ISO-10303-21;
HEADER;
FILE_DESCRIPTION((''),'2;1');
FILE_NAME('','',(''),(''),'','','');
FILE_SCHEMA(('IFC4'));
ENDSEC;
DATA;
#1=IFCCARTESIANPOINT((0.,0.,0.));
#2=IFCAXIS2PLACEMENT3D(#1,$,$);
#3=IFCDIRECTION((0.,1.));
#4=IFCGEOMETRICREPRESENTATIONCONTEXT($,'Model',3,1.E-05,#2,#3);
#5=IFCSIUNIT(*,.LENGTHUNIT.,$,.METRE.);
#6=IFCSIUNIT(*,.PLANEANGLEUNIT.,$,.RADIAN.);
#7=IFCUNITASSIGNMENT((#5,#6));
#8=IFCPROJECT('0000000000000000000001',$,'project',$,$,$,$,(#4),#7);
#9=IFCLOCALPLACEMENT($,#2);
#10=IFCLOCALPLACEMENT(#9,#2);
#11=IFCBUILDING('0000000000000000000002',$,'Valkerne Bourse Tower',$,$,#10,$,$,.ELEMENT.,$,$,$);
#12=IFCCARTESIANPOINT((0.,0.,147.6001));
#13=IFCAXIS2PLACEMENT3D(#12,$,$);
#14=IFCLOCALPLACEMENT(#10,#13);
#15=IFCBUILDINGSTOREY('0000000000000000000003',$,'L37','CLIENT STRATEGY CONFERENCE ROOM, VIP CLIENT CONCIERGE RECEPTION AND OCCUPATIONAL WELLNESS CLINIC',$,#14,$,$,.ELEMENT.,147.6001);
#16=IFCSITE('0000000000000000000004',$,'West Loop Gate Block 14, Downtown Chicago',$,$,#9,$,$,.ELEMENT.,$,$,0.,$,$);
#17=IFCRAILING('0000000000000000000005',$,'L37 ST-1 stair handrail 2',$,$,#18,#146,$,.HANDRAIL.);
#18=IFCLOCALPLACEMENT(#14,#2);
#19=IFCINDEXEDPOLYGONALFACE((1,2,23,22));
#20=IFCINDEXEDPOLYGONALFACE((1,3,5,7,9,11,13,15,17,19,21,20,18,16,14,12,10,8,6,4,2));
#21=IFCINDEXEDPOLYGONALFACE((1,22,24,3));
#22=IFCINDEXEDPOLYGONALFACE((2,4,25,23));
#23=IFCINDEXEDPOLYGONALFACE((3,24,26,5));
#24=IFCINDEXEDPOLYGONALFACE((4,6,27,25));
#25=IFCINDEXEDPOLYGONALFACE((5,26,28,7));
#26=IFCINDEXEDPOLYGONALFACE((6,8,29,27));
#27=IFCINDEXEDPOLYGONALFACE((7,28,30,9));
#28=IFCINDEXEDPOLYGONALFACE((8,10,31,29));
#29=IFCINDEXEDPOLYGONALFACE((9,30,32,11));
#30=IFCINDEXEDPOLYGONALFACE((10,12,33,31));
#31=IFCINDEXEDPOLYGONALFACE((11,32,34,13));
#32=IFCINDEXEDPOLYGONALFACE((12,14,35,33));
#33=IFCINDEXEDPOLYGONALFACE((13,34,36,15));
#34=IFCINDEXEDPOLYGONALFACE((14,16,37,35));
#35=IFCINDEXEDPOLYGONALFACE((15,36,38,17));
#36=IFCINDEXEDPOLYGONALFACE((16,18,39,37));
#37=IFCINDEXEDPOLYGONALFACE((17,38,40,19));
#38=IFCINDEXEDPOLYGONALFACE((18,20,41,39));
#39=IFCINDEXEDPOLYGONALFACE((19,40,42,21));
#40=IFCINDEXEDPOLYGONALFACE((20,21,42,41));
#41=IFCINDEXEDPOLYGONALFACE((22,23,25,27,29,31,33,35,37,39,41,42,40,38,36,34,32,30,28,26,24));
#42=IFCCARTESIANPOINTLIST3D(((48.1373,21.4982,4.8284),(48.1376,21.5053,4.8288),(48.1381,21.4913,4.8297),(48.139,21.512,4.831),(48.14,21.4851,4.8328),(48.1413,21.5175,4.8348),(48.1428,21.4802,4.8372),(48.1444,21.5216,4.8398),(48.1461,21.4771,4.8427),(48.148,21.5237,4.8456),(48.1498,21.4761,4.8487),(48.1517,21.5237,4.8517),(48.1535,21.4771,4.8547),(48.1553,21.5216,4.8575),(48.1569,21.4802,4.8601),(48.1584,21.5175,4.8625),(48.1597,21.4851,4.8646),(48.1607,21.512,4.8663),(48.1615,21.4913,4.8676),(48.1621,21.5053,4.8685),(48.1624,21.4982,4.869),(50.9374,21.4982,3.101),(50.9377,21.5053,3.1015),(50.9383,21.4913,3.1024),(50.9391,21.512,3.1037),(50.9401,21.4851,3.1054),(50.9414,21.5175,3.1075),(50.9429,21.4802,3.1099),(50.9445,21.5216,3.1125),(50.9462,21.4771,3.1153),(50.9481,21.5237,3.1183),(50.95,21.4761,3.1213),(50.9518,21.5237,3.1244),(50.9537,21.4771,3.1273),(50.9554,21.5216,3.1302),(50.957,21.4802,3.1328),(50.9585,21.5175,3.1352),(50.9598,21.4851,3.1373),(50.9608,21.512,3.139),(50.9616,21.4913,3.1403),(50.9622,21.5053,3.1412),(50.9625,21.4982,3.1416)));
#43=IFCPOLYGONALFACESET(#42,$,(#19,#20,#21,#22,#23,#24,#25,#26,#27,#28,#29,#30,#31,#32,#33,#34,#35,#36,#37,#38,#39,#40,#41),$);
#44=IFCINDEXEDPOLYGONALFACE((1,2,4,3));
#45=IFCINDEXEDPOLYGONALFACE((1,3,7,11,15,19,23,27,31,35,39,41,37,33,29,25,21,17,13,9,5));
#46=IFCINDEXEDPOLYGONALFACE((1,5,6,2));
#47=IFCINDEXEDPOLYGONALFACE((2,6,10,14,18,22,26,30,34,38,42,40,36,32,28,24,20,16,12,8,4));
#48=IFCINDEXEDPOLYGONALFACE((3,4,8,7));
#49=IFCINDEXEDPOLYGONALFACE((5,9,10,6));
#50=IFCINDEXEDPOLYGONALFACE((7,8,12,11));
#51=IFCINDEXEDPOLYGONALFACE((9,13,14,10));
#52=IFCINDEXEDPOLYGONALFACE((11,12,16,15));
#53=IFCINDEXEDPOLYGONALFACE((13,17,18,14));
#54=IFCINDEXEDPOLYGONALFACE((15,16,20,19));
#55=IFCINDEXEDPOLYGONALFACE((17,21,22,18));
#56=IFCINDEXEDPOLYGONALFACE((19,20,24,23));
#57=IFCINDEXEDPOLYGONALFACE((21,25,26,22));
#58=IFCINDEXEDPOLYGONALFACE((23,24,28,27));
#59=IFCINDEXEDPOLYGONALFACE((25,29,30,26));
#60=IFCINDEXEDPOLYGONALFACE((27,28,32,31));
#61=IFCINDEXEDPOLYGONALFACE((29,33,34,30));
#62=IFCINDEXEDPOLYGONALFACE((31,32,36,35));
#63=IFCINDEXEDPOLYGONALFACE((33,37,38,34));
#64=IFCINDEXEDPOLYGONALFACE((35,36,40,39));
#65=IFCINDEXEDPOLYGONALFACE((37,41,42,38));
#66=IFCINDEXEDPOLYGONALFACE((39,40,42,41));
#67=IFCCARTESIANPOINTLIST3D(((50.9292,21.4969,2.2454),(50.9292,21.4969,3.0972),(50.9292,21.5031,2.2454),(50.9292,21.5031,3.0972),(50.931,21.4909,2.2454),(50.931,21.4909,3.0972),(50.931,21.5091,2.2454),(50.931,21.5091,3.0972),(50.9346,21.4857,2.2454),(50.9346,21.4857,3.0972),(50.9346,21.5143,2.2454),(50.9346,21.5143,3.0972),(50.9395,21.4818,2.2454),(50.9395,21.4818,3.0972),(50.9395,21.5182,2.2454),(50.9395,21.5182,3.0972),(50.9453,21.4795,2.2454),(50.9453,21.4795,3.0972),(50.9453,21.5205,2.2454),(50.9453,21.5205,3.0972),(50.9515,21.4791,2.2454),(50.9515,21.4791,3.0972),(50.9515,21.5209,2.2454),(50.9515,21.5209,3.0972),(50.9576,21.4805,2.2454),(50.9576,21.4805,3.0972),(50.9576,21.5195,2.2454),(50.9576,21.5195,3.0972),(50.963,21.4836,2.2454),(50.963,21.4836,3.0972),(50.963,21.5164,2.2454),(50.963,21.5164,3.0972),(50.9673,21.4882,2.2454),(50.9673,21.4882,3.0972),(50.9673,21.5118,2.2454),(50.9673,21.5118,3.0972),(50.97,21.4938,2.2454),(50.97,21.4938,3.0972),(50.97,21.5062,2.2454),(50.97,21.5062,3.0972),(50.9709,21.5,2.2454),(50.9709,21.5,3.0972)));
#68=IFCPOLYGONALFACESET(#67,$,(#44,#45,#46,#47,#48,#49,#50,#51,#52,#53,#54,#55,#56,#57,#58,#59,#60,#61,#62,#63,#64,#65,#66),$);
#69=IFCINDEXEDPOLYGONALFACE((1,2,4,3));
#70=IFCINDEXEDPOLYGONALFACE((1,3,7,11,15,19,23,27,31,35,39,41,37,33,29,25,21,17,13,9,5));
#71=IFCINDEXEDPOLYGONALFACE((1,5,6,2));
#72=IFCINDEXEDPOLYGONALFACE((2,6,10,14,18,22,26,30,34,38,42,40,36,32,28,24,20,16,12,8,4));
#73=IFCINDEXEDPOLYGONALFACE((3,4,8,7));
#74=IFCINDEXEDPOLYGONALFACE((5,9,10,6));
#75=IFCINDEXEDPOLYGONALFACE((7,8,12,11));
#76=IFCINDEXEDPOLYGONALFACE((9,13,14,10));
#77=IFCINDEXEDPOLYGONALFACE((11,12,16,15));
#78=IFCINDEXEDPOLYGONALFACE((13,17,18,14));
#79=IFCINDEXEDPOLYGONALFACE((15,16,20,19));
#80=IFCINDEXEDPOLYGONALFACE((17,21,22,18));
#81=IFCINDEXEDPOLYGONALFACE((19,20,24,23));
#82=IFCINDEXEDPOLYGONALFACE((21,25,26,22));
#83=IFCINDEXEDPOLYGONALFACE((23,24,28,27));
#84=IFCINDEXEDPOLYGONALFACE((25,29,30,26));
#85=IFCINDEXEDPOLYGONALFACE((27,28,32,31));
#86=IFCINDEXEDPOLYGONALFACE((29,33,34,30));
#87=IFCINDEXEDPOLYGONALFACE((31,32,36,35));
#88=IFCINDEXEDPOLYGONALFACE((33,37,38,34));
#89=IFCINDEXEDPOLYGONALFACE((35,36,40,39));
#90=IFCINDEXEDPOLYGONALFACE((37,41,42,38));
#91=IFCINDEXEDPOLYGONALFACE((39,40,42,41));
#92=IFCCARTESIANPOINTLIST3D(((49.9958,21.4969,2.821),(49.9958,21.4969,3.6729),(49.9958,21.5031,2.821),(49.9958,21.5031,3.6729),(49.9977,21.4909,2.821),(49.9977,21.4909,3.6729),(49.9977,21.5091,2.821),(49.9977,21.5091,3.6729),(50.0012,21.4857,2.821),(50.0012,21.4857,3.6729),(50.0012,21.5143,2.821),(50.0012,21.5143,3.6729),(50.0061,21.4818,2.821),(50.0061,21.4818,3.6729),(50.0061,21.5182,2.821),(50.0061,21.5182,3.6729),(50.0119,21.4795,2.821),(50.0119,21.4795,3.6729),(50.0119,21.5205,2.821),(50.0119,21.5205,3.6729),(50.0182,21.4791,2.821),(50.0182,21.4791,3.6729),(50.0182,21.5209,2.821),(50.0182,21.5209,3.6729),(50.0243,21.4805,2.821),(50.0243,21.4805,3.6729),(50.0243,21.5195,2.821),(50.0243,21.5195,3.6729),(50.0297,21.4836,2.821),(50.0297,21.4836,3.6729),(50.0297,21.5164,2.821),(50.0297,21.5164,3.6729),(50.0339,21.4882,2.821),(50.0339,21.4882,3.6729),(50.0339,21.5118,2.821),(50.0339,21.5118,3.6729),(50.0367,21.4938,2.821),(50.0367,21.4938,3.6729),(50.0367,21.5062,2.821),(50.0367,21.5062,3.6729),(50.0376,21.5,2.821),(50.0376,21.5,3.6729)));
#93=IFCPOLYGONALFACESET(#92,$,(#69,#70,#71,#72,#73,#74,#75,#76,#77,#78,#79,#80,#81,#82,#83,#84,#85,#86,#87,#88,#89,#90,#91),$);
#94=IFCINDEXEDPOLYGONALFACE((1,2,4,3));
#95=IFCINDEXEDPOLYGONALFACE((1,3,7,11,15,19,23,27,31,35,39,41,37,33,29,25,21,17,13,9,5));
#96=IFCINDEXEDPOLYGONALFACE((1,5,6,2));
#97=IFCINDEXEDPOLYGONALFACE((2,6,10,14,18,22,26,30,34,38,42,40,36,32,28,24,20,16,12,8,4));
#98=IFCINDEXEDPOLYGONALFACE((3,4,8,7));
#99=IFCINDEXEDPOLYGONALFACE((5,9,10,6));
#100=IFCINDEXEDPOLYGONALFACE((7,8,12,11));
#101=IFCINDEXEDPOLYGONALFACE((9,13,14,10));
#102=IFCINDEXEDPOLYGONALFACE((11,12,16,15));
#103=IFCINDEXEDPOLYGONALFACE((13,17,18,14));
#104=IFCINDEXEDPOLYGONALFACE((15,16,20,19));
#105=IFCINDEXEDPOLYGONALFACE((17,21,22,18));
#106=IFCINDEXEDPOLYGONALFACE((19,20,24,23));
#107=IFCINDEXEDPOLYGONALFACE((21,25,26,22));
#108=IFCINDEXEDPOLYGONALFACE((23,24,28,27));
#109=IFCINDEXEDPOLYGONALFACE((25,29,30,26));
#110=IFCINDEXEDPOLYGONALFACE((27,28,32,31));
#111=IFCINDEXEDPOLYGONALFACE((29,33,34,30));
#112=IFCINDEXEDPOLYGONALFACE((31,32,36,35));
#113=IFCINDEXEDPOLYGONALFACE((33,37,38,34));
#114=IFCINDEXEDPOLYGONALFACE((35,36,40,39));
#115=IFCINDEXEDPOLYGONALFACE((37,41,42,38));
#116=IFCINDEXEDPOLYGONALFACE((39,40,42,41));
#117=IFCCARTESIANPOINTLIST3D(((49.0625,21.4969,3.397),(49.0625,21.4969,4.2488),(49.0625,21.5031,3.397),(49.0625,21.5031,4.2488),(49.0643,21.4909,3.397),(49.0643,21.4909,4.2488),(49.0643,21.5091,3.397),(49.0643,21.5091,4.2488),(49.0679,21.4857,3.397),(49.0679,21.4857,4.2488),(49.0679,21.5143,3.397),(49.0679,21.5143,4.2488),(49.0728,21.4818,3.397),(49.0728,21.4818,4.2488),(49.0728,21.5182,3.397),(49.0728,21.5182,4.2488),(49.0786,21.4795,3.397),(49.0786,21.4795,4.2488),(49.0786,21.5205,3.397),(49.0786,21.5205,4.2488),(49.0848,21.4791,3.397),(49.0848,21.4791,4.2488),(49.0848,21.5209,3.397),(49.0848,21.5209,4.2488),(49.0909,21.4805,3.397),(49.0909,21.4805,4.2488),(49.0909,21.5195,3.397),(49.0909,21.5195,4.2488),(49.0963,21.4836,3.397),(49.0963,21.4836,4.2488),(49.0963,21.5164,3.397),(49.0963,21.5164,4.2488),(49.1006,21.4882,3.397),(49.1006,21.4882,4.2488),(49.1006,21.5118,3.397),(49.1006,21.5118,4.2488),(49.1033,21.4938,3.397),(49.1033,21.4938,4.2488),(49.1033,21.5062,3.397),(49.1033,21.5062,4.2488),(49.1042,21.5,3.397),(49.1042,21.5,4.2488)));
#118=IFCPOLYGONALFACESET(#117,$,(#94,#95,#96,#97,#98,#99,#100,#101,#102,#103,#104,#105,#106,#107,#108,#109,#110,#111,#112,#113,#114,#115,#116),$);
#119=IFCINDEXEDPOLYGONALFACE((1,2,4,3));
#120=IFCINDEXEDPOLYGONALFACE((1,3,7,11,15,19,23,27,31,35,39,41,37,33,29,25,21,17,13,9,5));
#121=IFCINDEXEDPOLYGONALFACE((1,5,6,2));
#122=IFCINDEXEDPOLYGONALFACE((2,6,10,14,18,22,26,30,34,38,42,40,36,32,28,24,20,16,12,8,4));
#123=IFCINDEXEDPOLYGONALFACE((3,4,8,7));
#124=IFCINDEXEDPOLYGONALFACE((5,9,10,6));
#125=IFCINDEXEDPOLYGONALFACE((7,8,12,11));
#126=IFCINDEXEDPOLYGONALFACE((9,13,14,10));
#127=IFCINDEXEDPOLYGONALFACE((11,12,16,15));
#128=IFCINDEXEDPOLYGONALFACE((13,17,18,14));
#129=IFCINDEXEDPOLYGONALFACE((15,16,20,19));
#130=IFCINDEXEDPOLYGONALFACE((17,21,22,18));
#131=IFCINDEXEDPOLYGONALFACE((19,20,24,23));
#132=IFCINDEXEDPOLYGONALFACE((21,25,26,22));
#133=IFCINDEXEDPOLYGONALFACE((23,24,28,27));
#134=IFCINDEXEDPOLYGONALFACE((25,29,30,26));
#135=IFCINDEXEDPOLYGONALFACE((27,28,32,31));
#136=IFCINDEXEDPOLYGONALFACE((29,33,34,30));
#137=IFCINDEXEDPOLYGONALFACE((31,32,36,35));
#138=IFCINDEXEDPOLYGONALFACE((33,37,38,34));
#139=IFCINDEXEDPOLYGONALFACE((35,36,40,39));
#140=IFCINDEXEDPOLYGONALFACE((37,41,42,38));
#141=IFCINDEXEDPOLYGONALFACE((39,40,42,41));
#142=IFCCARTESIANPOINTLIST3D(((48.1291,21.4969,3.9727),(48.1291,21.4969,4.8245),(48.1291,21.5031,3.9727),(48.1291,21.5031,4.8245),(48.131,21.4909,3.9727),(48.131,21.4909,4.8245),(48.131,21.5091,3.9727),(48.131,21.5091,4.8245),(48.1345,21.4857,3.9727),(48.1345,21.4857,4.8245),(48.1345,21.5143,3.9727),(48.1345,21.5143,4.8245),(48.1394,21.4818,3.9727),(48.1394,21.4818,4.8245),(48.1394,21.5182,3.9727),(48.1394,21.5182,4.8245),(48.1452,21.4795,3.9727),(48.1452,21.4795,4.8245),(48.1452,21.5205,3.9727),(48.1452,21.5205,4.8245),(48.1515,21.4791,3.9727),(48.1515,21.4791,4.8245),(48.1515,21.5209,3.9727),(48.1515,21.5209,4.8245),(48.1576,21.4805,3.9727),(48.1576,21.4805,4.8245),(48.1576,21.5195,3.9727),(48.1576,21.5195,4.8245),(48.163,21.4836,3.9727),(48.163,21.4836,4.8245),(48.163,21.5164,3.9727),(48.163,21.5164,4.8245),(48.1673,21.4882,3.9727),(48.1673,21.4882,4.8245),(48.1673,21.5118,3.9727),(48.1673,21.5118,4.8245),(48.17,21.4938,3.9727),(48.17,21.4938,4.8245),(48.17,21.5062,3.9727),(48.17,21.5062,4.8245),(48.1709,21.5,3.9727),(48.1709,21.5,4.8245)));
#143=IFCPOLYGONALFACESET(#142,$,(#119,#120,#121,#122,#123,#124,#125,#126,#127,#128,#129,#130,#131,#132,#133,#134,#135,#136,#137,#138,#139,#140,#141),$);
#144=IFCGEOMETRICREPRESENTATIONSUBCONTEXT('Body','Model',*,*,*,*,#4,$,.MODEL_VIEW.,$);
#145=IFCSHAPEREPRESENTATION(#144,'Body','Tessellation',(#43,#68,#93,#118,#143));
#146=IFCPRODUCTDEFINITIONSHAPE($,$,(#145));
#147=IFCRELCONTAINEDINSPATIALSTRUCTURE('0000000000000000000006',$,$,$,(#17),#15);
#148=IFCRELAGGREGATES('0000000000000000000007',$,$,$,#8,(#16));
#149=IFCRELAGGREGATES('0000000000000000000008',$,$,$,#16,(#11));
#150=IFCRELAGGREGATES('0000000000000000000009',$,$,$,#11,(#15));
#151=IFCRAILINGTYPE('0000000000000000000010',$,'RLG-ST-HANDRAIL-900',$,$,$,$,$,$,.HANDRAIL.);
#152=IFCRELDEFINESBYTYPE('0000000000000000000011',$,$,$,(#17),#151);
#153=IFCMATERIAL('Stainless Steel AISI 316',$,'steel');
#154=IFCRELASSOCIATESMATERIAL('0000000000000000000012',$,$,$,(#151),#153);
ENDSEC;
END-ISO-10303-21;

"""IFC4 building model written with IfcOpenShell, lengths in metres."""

from ifc_helpers import new_model, si_unit, direction, frame, origin, origin_2d, place, context, subcontext, project, spatial, circle, extrude, material, type_object, element, save


model = new_model("IFC4")

# Units and contexts
model_context = context("Model", 3, precision=1e-05, world=origin(), true_north=direction((0.0, 1.0)))
body_context = subcontext(model_context, "Body", "Model", "MODEL_VIEW")
ifc_project = project(units=[si_unit("LENGTHUNIT", "METRE"), si_unit("PLANEANGLEUNIT", "RADIAN")], contexts=[model_context])

# Site, building, storey
site_placement = place(None, origin())
site = spatial("IfcSite", under=ifc_project, at=site_placement, Name="West Loop Gate Block 14, Downtown Chicago", CompositionType="ELEMENT", RefElevation=0.0)
building_placement = place(site_placement, origin())
building = spatial("IfcBuilding", under=site, at=building_placement, Name="Valkerne Bourse Tower", CompositionType="ELEMENT")
storey_placement = place(building_placement, frame((0.0, 0.0, 147.6001)))
storey = spatial("IfcBuildingStorey", under=building, at=storey_placement, Name="L37", Description="CLIENT STRATEGY CONFERENCE ROOM, VIP CLIENT CONCIERGE RECEPTION AND OCCUPATIONAL WELLNESS CLINIC", CompositionType="ELEMENT", Elevation=147.6001)

# Shared definitions
ifc_material_1 = material(Name="Stainless Steel AISI 316", Category="steel")

# Railing
railing_type_1 = type_object("IfcRailingType", Name="RLG-ST-HANDRAIL-900", PredefinedType="HANDRAIL", material=ifc_material_1)
railing_1_placement = place(storey_placement, frame((50.95, 21.5, 2.2454)))
element("IfcRailing", 1, at=railing_1_placement, inside=storey, type_object=railing_type_1, Name="L37 ST-1 stair handrail 2", PredefinedType="HANDRAIL", context=body_context, shape_type="SweptSolid", body=[
    extrude(circle(Radius=0.0239, at=origin_2d()), frame((0.0, 0.0, 0.876), z_axis=(-0.85109, 0.0, 0.52502), x_axis=(0.0, -1.0, 0.0)), (0.0, 0.0, 1.0), 3.29),
    extrude(circle(Radius=0.021, at=origin_2d()), origin(), (0.0, 0.0, 1.0), 0.8518),
    extrude(circle(Radius=0.021, at=origin_2d()), frame((-0.9333, 0.0, 0.5757)), (0.0, 0.0, 1.0), 0.8518),
    extrude(circle(Radius=0.021, at=origin_2d()), frame((-1.8667, 0.0, 1.1516)), (0.0, 0.0, 1.0), 0.8518),
    extrude(circle(Radius=0.021, at=origin_2d()), frame((-2.8, 0.0, 1.7273)), (0.0, 0.0, 1.0), 0.8518),
])

save(model, "model.ifc")
